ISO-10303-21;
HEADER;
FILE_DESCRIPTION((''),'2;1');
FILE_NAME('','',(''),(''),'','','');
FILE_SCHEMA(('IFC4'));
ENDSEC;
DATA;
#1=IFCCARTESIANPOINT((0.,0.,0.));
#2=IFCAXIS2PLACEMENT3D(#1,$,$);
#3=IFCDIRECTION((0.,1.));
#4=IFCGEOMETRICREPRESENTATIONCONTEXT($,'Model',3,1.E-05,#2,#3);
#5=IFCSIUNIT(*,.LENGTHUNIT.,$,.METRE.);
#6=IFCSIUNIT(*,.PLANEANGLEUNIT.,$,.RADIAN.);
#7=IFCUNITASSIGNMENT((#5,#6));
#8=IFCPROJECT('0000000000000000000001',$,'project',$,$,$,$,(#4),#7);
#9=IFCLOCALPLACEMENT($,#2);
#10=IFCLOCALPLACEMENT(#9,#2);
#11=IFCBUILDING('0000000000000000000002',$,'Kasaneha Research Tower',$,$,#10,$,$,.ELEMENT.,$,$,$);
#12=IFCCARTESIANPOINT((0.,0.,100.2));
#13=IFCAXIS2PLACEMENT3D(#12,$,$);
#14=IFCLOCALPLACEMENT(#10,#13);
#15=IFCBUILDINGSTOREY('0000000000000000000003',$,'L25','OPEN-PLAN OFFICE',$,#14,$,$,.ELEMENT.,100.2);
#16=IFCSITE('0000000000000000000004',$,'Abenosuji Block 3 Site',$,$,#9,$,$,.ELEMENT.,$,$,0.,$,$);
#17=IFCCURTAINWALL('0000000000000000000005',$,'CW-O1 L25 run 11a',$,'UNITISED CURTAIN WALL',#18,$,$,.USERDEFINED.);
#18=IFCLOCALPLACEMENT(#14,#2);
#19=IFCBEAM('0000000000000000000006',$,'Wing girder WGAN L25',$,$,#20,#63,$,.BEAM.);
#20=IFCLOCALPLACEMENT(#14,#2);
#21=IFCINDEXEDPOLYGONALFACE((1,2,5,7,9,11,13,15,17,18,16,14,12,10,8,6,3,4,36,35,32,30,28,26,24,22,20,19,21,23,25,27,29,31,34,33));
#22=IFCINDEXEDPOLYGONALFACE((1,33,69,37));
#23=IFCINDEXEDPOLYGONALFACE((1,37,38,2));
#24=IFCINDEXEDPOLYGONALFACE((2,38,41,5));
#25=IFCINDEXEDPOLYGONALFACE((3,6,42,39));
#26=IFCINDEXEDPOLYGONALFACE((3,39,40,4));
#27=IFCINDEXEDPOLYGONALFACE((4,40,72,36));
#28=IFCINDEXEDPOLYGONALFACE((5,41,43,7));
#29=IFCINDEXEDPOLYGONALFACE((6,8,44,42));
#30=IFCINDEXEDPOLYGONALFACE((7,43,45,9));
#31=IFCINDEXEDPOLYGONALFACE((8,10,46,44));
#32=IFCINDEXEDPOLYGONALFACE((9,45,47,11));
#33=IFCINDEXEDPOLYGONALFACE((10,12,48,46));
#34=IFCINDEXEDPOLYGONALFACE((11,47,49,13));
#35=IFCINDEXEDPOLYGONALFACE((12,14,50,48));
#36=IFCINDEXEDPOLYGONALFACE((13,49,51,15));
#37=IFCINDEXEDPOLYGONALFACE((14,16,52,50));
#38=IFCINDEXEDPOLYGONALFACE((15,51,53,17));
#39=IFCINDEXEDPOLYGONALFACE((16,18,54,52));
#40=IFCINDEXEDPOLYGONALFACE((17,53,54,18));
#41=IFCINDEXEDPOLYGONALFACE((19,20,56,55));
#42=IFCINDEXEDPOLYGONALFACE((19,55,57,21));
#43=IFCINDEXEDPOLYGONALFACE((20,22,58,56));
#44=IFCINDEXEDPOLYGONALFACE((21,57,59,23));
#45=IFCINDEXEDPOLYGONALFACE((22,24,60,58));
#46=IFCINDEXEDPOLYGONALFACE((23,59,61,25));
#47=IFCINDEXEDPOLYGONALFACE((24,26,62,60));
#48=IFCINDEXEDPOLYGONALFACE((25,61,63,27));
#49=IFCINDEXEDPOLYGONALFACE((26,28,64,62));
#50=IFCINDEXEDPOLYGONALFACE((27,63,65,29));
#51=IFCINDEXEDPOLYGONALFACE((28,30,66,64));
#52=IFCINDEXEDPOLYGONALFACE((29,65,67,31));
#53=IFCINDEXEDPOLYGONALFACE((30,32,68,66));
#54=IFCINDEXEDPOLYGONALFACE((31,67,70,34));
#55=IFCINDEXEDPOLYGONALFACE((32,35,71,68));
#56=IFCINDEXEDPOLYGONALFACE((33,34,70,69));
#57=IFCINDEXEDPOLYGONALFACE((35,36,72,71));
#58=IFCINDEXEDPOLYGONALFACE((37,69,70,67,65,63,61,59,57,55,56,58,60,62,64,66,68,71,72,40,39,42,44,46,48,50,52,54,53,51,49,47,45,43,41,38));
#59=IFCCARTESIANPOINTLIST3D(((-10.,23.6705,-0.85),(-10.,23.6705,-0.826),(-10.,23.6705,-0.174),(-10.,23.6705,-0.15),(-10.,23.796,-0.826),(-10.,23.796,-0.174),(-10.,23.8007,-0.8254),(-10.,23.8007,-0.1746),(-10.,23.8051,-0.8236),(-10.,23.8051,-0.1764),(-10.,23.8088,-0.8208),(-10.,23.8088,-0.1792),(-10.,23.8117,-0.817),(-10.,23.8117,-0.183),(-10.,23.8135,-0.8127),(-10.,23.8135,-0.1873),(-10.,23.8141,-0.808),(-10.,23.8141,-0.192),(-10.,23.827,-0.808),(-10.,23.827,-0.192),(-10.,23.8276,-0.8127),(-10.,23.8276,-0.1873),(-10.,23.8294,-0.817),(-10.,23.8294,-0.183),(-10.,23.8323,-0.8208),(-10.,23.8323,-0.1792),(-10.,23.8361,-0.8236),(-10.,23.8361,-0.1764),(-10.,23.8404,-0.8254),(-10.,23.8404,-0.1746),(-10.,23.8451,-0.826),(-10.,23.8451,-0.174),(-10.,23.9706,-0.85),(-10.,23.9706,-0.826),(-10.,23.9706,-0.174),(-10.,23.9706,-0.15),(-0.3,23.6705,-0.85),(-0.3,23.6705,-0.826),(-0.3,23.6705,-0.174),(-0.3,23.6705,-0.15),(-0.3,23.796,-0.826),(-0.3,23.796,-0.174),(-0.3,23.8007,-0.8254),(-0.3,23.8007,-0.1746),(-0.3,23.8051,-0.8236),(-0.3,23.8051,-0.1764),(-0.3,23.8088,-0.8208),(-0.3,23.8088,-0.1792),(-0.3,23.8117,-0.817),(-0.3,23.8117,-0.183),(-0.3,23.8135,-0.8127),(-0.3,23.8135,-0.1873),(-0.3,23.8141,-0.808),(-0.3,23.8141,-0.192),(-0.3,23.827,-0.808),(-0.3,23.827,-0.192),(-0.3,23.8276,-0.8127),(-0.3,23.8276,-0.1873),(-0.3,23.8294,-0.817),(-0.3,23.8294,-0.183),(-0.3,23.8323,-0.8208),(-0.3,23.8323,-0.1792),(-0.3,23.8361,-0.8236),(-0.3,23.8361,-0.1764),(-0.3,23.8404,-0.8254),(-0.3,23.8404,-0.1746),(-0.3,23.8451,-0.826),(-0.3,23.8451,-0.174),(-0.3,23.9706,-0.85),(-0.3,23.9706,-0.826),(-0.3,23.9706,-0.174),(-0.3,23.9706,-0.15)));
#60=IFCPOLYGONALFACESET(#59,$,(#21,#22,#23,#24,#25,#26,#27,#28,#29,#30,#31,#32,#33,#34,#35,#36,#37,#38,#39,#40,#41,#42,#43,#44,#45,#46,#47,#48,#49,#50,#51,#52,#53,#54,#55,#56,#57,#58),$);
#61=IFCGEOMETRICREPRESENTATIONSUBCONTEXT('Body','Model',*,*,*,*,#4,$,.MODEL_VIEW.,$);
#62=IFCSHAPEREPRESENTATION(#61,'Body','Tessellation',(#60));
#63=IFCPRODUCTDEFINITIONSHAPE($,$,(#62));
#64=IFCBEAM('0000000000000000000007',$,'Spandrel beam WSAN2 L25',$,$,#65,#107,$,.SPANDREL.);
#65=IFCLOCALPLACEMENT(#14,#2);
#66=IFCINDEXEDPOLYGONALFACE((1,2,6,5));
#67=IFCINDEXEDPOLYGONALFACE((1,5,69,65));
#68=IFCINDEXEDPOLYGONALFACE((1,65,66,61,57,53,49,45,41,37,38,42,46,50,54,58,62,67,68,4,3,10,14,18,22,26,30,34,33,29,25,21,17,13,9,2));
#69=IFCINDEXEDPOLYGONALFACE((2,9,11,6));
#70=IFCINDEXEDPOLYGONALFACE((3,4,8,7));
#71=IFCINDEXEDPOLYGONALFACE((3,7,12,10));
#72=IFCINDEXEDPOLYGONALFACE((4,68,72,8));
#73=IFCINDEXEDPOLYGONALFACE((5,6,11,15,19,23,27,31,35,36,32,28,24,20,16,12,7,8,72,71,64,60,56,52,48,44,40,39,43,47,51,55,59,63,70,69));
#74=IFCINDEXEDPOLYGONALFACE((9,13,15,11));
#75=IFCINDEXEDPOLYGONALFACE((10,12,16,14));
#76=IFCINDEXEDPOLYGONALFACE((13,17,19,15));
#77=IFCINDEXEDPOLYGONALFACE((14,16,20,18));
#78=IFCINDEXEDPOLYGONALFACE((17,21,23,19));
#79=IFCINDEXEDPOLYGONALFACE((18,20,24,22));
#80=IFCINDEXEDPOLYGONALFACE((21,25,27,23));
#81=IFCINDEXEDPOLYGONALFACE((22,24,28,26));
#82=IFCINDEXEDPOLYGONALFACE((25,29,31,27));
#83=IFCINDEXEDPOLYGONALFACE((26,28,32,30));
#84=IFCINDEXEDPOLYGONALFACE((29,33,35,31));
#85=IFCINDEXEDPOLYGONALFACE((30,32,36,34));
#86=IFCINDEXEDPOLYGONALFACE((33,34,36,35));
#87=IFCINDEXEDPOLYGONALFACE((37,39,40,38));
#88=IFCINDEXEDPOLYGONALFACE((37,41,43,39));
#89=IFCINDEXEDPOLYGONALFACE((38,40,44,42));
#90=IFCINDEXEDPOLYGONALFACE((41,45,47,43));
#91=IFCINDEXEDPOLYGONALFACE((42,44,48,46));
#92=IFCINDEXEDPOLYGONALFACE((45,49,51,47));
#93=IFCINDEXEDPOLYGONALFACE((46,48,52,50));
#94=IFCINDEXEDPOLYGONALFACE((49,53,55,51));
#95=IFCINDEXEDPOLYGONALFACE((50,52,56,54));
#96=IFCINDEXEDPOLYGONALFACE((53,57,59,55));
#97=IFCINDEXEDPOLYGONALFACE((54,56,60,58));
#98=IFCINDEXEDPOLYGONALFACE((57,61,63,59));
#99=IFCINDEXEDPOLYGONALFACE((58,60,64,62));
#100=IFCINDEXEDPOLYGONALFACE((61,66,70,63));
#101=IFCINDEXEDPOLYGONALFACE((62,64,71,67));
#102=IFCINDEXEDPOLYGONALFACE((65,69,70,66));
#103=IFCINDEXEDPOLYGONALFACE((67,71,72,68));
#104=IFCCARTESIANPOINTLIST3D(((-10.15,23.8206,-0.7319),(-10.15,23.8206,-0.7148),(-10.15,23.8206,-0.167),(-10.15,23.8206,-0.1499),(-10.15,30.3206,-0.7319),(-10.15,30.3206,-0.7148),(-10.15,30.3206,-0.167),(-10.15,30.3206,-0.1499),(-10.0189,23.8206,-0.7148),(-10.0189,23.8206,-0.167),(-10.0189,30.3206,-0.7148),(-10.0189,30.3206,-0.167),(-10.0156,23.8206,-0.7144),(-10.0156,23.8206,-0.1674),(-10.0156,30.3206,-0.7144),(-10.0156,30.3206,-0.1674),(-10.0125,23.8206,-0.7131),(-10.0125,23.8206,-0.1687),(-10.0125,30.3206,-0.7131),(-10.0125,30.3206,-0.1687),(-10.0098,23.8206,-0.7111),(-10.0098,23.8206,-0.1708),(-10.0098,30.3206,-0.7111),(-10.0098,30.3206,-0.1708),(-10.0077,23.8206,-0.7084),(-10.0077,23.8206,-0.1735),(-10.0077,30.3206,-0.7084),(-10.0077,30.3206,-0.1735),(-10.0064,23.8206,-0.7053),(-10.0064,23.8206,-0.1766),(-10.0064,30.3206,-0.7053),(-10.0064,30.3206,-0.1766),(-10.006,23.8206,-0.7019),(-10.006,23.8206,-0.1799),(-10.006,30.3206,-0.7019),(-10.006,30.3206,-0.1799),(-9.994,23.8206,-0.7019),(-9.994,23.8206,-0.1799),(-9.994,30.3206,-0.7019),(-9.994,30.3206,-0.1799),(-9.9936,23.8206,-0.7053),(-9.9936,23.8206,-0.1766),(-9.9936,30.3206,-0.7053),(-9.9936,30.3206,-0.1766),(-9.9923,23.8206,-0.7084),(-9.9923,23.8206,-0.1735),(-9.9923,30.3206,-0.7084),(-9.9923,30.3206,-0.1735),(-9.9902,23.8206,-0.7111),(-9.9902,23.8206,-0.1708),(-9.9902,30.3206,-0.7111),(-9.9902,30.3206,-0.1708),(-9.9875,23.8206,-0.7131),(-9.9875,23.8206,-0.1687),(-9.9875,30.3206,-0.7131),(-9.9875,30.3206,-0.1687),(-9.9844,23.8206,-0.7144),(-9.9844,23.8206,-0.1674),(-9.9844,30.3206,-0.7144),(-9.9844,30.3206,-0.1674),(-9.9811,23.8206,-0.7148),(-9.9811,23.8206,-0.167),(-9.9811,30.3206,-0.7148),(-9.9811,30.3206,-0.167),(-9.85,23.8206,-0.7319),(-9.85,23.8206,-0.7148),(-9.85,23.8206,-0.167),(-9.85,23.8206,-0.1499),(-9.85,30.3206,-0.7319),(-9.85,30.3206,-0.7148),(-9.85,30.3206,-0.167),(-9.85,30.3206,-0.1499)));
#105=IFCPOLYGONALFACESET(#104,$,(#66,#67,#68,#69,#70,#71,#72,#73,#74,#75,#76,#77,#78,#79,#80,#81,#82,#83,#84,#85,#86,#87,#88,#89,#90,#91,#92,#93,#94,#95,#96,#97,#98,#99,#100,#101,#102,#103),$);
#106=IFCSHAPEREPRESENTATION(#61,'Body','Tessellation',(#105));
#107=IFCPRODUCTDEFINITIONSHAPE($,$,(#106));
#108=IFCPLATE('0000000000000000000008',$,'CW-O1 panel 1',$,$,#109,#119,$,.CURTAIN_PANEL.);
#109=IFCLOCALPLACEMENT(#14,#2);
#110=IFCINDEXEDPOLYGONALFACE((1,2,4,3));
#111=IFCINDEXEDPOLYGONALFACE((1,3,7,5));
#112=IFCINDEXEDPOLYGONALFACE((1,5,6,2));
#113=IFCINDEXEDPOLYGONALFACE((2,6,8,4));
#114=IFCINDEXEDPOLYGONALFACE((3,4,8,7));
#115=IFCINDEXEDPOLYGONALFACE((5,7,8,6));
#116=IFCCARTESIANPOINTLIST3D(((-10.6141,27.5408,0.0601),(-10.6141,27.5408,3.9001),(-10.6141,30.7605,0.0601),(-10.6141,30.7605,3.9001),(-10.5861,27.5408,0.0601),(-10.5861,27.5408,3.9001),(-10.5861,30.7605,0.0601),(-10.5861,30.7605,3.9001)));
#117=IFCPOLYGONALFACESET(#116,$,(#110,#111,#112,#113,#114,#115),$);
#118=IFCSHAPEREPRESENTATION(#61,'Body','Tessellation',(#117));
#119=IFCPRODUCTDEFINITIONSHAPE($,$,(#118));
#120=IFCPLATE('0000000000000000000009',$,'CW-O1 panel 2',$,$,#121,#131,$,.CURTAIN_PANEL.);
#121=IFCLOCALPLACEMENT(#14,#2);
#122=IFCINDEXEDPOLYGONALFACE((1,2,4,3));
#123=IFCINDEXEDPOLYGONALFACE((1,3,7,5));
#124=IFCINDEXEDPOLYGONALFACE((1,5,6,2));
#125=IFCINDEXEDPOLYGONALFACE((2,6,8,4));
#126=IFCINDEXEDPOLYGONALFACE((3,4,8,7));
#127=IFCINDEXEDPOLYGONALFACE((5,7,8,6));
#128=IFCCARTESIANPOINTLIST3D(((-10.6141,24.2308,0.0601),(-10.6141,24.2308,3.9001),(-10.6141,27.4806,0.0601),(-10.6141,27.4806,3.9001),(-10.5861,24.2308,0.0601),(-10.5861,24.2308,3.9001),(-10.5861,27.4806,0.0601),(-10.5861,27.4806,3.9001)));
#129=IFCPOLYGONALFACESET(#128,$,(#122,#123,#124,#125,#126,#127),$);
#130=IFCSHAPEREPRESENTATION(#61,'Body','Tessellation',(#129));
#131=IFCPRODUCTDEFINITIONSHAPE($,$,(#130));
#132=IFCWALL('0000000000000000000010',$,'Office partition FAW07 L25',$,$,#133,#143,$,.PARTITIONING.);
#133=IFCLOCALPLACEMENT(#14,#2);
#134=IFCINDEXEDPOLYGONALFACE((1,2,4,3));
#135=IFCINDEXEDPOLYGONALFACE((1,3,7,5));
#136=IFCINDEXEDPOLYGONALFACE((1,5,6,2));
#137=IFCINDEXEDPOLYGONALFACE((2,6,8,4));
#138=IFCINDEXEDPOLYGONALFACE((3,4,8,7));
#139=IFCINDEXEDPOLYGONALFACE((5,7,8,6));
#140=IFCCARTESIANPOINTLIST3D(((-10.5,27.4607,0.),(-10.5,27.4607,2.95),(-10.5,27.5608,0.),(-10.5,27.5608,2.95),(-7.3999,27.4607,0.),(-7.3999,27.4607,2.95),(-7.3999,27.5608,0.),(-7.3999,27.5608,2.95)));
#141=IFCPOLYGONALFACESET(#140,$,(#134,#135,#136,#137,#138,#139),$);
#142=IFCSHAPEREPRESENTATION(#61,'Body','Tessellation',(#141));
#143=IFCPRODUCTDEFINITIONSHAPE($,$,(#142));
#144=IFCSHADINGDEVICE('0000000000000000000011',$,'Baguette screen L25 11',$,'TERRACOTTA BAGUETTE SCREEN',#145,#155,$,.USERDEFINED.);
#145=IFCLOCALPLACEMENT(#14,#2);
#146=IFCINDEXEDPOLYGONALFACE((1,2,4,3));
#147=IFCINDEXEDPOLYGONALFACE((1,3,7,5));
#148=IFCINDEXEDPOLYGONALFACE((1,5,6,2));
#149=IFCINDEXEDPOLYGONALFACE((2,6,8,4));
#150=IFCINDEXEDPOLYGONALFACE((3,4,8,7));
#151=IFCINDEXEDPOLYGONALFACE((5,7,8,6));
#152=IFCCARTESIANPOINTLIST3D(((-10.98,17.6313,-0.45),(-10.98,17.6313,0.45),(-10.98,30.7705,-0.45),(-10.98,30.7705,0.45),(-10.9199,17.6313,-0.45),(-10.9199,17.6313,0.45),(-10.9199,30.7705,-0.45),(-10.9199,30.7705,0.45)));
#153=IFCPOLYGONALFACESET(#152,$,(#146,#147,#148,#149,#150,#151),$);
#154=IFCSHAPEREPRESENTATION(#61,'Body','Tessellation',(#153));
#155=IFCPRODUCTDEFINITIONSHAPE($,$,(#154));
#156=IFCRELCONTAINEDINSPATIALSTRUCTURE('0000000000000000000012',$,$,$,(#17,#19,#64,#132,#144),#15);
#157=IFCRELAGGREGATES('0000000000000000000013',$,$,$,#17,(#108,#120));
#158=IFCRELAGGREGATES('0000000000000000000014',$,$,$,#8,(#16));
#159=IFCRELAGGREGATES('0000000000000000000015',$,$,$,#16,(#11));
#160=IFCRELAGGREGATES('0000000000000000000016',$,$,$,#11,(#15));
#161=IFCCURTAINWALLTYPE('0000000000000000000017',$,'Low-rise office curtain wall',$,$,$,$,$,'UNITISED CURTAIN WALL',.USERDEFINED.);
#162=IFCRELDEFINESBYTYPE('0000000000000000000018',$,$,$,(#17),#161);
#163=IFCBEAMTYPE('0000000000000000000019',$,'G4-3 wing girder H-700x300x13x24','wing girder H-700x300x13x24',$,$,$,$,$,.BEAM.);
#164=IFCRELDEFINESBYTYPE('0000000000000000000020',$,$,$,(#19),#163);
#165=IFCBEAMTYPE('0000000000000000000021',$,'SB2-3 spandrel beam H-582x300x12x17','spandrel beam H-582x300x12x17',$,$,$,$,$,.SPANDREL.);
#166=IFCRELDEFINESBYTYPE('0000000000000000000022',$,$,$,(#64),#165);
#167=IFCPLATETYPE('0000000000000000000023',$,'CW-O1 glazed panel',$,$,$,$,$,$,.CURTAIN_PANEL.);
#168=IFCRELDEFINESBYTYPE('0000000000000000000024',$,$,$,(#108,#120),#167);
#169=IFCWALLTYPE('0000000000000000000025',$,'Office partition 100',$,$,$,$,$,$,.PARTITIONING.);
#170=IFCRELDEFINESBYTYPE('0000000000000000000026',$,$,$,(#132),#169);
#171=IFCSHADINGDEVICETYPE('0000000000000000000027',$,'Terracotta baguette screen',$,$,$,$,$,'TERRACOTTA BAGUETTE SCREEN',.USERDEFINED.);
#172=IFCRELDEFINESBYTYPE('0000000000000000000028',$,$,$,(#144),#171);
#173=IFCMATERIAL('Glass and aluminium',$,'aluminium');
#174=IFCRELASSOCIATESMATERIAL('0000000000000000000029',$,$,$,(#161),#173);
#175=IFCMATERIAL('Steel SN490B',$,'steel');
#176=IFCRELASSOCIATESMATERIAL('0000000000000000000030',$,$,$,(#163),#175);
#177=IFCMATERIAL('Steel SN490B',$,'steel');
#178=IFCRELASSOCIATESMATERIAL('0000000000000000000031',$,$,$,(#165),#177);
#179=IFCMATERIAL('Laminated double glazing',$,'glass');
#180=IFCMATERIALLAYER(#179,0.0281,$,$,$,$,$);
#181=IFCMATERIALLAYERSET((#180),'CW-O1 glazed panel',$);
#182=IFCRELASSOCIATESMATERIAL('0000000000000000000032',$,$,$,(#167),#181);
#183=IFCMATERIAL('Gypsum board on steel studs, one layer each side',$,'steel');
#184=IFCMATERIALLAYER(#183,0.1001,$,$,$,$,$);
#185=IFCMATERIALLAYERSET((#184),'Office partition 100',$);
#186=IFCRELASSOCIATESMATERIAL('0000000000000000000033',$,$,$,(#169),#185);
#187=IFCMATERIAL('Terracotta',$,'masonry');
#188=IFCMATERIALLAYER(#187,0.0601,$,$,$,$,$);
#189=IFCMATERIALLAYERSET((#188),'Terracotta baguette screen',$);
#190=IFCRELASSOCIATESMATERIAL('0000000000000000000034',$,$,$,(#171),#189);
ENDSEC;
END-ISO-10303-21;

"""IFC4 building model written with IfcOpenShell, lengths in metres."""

from ifc_helpers import new_model, si_unit, direction, frame, frame_2d, origin, origin_2d, place, context, subcontext, project, spatial, rectangle, i_section, extrude, material, layer, layer_set, material_profile, profile_set, type_object, element, aggregate, save


model = new_model("IFC4")

# Units and contexts
model_context = context("Model", 3, precision=1e-05, world=origin(), true_north=direction((0.0, 1.0)))
body_context = subcontext(model_context, "Body", "Model", "MODEL_VIEW")
ifc_project = project(units=[si_unit("LENGTHUNIT", "METRE"), si_unit("PLANEANGLEUNIT", "RADIAN")], contexts=[model_context])

# Site, building, storey
site_placement = place(None, origin())
site = spatial("IfcSite", under=ifc_project, at=site_placement, Name="Abenosuji Block 3 Site", CompositionType="ELEMENT", RefElevation=0.0)
building_placement = place(site_placement, origin())
building = spatial("IfcBuilding", under=site, at=building_placement, Name="Kasaneha Research Tower", CompositionType="ELEMENT")
storey_placement = place(building_placement, frame((0.0, 0.0, 100.2)))
storey = spatial("IfcBuildingStorey", under=building, at=storey_placement, Name="L25", Description="OPEN-PLAN OFFICE", CompositionType="ELEMENT", Elevation=100.2)

# Shared definitions
ifc_material_1 = material(Name="Glass and aluminium", Category="aluminium")
curtain_wall_type = type_object("IfcCurtainWallType", Name="Low-rise office curtain wall", ElementType="UNITISED CURTAIN WALL", PredefinedType="USERDEFINED", material=ifc_material_1)

# Curtain wall
curtain_wall_1_placement = place(storey_placement, origin())
curtain_wall_1 = element("IfcCurtainWall", 1, at=curtain_wall_1_placement, inside=storey, type_object=curtain_wall_type, Name="CW-O1 L25 run 11a", ObjectType="UNITISED CURTAIN WALL", PredefinedType="USERDEFINED")

# Beams
ifc_material_2 = material(Name="Steel SN490B", Category="steel")
ifc_material_profile_1 = material_profile(ifc_material_2, i_section(OverallWidth=0.3, OverallDepth=0.7, WebThickness=0.0129, FlangeThickness=0.0239, FilletRadius=0.0181, at=origin_2d()), Name="H-700x300x13x24")
ifc_profile_set_1 = profile_set([ifc_material_profile_1], Name="Steel SN490B")
beam_type_1 = type_object("IfcBeamType", Name="G4-3 wing girder H-700x300x13x24", Description="wing girder H-700x300x13x24", PredefinedType="BEAM", material=ifc_profile_set_1)
beam_1_placement = place(storey_placement, frame((-10.0, 23.8206, -0.5), z_axis=(1.0, 0.0, 0.0), x_axis=(0.0, 1.0, 0.0)))
element("IfcBeam", 2, at=beam_1_placement, inside=storey, type_object=beam_type_1, Name="Wing girder WGAN L25", PredefinedType="BEAM", context=body_context, shape_type="SweptSolid", body=[
    extrude(i_section(OverallWidth=0.3, OverallDepth=0.7, WebThickness=0.0129, FlangeThickness=0.0239, FilletRadius=0.0181, at=origin_2d()), origin(), (0.0, 0.0, 1.0), 9.7),
])
ifc_material_3 = material(Name="Steel SN490B", Category="steel")
ifc_material_profile_2 = material_profile(ifc_material_3, i_section(OverallWidth=0.3, OverallDepth=0.582, WebThickness=0.012, FlangeThickness=0.0171, FilletRadius=0.0129, at=origin_2d()), Name="H-582x300x12x17")
ifc_profile_set_2 = profile_set([ifc_material_profile_2], Name="Steel SN490B")
beam_type_2 = type_object("IfcBeamType", Name="SB2-3 spandrel beam H-582x300x12x17", Description="spandrel beam H-582x300x12x17", PredefinedType="SPANDREL", material=ifc_profile_set_2)
beam_2_placement = place(storey_placement, frame((-10.0, 23.8206, -0.4409), z_axis=(0.0, 1.0, 0.0), x_axis=(-1.0, 0.0, 0.0)))
element("IfcBeam", 3, at=beam_2_placement, inside=storey, type_object=beam_type_2, Name="Spandrel beam WSAN2 L25", PredefinedType="SPANDREL", context=body_context, shape_type="SweptSolid", body=[
    extrude(i_section(OverallWidth=0.3, OverallDepth=0.582, WebThickness=0.012, FlangeThickness=0.0171, FilletRadius=0.0129, at=origin_2d()), origin(), (0.0, 0.0, 1.0), 6.5),
])

# Plates
ifc_material_4 = material(Name="Laminated double glazing", Category="glass")
ifc_layer_1 = layer(ifc_material_4, 0.0281)
ifc_layer_set_1 = layer_set([ifc_layer_1], Name="CW-O1 glazed panel")
plate_type = type_object("IfcPlateType", Name="CW-O1 glazed panel", PredefinedType="CURTAIN_PANEL", material=ifc_layer_set_1)
plate_1_placement = place(storey_placement, frame((-10.6001, 29.1506, 0.0601), z_axis=(0.0, 0.0, 1.0), x_axis=(0.0, -1.0, 0.0)))
plate_1 = element("IfcPlate", 4, at=plate_1_placement, type_object=plate_type, Name="CW-O1 panel 1", PredefinedType="CURTAIN_PANEL", context=body_context, shape_type="SweptSolid", body=[
    extrude(rectangle(XDim=3.2197, YDim=0.0281, at=origin_2d()), origin(), (0.0, 0.0, 1.0), 3.8401),
])
plate_2_placement = place(storey_placement, frame((-10.6001, 25.8557, 0.0601), z_axis=(0.0, 0.0, 1.0), x_axis=(0.0, -1.0, 0.0)))
plate_2 = element("IfcPlate", 5, at=plate_2_placement, type_object=plate_type, Name="CW-O1 panel 2", PredefinedType="CURTAIN_PANEL", context=body_context, shape_type="SweptSolid", body=[
    extrude(rectangle(XDim=3.2498, YDim=0.0281, at=origin_2d()), origin(), (0.0, 0.0, 1.0), 3.8401),
])
aggregate(curtain_wall_1, [plate_1, plate_2])

# Wall
ifc_material_5 = material(Name="Gypsum board on steel studs, one layer each side", Category="steel")
ifc_layer_2 = layer(ifc_material_5, 0.1001)
ifc_layer_set_2 = layer_set([ifc_layer_2], Name="Office partition 100")
wall_type = type_object("IfcWallType", Name="Office partition 100", PredefinedType="PARTITIONING", material=ifc_layer_set_2)
wall_placement = place(storey_placement, frame((-10.5, 27.5107, 0.0), z_axis=(0.0, 0.0, 1.0), x_axis=(1.0, 0.0, 0.0)))
element("IfcWall", 6, at=wall_placement, inside=storey, type_object=wall_type, Name="Office partition FAW07 L25", PredefinedType="PARTITIONING", context=body_context, shape_type="SweptSolid", body=[
    extrude(rectangle(XDim=3.1001, YDim=0.1001, at=frame_2d((1.55, 0.0))), origin(), (0.0, 0.0, 1.0), 2.95),
])

# Shading device
ifc_material_6 = material(Name="Terracotta", Category="masonry")
ifc_layer_3 = layer(ifc_material_6, 0.0601)
ifc_layer_set_3 = layer_set([ifc_layer_3], Name="Terracotta baguette screen")
shading_device_type = type_object("IfcShadingDeviceType", Name="Terracotta baguette screen", ElementType="TERRACOTTA BAGUETTE SCREEN", PredefinedType="USERDEFINED", material=ifc_layer_set_3)
shading_device_placement = place(storey_placement, frame((-10.95, 24.2009, -0.45), z_axis=(0.0, 0.0, 1.0), x_axis=(0.0, -1.0, 0.0)))
element("IfcShadingDevice", 7, at=shading_device_placement, inside=storey, type_object=shading_device_type, Name="Baguette screen L25 11", ObjectType="TERRACOTTA BAGUETTE SCREEN", PredefinedType="USERDEFINED", context=body_context, shape_type="SweptSolid", body=[
    extrude(rectangle(XDim=13.1392, YDim=0.0601, at=origin_2d()), origin(), (0.0, 0.0, 1.0), 0.8999),
])

save(model, "model.ifc")
